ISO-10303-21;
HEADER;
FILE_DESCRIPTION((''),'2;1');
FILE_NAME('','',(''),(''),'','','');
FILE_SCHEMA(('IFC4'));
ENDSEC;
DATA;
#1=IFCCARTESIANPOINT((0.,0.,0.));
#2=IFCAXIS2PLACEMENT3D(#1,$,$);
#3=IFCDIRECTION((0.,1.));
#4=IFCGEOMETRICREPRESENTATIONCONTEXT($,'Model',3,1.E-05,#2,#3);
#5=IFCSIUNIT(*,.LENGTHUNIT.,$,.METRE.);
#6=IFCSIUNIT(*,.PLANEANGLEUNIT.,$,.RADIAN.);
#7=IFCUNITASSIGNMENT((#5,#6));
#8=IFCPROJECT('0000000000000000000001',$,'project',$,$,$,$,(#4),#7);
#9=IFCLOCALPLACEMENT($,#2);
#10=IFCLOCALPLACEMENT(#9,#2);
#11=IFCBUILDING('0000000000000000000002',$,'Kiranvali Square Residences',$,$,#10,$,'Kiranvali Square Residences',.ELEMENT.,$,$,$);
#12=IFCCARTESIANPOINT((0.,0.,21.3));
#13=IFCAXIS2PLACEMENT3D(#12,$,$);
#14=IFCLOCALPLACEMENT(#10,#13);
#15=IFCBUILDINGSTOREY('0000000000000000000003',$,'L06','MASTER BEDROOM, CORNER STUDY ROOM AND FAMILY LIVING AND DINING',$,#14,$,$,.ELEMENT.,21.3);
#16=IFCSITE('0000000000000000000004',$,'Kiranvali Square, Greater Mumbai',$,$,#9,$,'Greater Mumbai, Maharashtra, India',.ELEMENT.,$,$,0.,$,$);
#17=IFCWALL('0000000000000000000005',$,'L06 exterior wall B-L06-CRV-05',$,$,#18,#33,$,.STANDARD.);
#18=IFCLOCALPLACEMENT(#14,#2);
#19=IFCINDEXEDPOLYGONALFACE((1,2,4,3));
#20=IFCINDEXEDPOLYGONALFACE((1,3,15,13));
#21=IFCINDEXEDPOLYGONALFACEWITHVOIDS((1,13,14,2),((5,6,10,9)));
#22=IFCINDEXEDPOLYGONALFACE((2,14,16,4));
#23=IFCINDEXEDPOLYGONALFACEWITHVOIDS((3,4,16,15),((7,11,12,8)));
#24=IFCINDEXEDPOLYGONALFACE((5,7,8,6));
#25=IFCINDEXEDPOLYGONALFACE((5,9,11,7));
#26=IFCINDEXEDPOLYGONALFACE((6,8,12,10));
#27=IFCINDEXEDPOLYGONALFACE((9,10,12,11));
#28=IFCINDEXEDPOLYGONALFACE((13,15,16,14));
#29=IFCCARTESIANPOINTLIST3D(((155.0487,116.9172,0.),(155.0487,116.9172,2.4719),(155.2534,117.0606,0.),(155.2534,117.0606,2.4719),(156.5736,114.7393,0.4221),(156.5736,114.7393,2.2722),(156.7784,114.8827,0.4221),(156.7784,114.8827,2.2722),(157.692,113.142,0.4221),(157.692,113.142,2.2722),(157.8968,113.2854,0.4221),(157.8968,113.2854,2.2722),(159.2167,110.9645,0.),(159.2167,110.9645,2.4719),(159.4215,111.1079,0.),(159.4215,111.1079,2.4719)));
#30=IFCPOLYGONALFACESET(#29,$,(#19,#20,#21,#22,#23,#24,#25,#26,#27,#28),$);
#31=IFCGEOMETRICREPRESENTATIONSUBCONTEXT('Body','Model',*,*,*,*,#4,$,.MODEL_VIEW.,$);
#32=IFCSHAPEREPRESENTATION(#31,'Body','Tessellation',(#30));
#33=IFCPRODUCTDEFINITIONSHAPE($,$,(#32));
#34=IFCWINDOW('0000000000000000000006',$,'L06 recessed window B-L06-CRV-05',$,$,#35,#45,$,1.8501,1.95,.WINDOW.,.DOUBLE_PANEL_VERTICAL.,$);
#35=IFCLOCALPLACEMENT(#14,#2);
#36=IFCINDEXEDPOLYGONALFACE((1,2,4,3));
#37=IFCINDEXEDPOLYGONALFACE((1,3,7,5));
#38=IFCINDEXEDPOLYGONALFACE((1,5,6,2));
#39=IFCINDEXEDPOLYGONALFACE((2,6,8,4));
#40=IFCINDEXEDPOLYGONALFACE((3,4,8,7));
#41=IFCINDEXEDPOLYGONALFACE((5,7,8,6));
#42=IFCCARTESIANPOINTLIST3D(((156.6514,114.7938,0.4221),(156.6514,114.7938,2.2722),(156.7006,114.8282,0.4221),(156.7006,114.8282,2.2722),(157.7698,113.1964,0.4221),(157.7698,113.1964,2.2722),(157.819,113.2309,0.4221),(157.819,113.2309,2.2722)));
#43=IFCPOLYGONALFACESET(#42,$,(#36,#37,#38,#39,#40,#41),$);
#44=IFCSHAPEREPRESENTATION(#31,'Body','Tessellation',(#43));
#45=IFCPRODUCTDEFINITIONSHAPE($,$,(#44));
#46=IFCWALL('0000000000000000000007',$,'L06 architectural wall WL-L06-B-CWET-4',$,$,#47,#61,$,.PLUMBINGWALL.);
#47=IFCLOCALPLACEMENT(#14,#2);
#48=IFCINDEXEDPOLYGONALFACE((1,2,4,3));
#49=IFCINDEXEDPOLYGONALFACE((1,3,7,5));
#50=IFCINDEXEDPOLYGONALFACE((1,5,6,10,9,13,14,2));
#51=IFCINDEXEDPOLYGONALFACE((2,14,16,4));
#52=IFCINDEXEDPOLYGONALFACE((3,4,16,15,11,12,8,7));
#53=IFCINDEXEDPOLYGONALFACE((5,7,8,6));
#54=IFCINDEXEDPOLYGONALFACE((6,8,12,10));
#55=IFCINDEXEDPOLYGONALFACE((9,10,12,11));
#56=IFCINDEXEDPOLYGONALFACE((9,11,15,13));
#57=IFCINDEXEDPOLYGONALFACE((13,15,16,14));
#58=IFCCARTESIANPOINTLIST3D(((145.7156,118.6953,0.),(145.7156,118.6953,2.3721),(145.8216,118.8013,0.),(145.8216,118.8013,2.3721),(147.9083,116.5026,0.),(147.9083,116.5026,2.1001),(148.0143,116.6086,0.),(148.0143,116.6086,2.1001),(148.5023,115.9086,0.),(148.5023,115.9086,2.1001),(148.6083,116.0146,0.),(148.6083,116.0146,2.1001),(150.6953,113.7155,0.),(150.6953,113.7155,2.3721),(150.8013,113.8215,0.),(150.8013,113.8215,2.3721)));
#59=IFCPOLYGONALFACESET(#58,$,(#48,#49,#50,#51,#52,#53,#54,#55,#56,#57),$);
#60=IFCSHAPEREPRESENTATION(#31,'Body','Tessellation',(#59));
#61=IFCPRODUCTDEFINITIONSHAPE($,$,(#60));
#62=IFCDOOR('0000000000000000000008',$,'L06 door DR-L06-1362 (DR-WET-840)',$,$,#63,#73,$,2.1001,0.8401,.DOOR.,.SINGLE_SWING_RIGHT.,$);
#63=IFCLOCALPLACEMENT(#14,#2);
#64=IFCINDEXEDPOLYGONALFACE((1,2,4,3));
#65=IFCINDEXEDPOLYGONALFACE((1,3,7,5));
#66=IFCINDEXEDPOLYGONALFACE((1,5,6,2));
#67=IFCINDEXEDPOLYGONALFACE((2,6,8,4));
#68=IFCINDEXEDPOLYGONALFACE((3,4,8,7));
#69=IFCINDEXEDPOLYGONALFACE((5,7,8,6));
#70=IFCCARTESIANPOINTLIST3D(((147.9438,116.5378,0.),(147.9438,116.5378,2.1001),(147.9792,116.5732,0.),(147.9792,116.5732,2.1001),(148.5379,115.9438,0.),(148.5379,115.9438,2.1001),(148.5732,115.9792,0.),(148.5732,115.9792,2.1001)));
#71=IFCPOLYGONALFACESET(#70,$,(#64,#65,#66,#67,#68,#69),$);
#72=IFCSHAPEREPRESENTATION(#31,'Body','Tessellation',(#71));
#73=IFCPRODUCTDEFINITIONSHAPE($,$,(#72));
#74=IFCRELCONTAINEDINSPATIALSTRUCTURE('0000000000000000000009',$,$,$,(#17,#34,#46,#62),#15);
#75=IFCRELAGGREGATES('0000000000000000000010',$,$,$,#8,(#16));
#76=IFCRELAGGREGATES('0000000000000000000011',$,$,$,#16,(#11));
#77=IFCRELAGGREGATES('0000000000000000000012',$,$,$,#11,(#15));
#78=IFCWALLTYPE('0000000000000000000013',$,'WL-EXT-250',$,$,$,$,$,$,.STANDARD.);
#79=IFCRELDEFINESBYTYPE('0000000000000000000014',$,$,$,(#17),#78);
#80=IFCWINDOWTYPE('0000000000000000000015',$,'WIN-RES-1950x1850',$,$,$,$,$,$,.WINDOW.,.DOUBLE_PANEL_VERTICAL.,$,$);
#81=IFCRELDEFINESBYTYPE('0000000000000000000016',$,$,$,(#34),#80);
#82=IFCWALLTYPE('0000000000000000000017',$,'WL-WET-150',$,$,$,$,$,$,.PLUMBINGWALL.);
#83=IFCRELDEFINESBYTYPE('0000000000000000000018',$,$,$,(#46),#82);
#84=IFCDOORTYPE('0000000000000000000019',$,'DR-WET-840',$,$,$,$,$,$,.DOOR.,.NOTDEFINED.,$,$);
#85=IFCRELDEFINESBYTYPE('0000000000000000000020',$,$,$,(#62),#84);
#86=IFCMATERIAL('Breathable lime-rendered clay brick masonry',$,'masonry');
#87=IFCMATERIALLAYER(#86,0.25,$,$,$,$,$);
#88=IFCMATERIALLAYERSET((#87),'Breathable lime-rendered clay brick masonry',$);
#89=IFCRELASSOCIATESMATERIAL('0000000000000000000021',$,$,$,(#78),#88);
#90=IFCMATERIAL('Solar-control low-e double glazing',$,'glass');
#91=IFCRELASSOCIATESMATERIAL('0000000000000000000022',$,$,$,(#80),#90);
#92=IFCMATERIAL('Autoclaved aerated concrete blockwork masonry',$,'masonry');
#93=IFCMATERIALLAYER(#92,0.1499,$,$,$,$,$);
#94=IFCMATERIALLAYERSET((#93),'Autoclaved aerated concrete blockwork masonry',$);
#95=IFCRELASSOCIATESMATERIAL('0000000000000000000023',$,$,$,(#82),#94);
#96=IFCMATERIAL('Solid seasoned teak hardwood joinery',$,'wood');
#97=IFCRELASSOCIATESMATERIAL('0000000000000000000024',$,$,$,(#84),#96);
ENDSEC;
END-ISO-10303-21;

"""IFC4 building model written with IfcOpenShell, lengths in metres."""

from ifc_helpers import new_model, si_unit, direction, frame, frame_2d, origin, place, context, subcontext, project, spatial, rectangle, extrude, material, layer, layer_set, type_object, element, fill, save


model = new_model("IFC4")

# Units and contexts
model_context = context("Model", 3, precision=1e-05, world=origin(), true_north=direction((0.0, 1.0)))
body_context = subcontext(model_context, "Body", "Model", "MODEL_VIEW")
ifc_project = project(units=[si_unit("LENGTHUNIT", "METRE"), si_unit("PLANEANGLEUNIT", "RADIAN")], contexts=[model_context])

# Site, building, storey
site_placement = place(None, origin())
site = spatial("IfcSite", under=ifc_project, at=site_placement, Name="Kiranvali Square, Greater Mumbai", LongName="Greater Mumbai, Maharashtra, India", CompositionType="ELEMENT", RefElevation=0.0)
building_placement = place(site_placement, origin())
building = spatial("IfcBuilding", under=site, at=building_placement, Name="Kiranvali Square Residences", LongName="Kiranvali Square Residences", CompositionType="ELEMENT")
storey_placement = place(building_placement, frame((0.0, 0.0, 21.3)))
storey = spatial("IfcBuildingStorey", under=building, at=storey_placement, Name="L06", Description="MASTER BEDROOM, CORNER STUDY ROOM AND FAMILY LIVING AND DINING", CompositionType="ELEMENT", Elevation=21.3)

# Shared definitions
ifc_material_1 = material(Name="Breathable lime-rendered clay brick masonry", Category="masonry")
ifc_layer_1 = layer(ifc_material_1, 0.25)
ifc_layer_set_1 = layer_set([ifc_layer_1], Name="Breathable lime-rendered clay brick masonry")
wall_type_1 = type_object("IfcWallType", Name="WL-EXT-250", PredefinedType="STANDARD", material=ifc_layer_set_1)
ifc_material_2 = material(Name="Solar-control low-e double glazing", Category="glass")

# Wall, opening, window
wall_1_placement = place(storey_placement, frame((155.1511, 116.9888, 0.0), z_axis=(0.0, 0.0, 1.0), x_axis=(0.573566, -0.819159, 0.0)))
wall_1 = element("IfcWall", 1, at=wall_1_placement, inside=storey, type_object=wall_type_1, Name="L06 exterior wall B-L06-CRV-05", PredefinedType="STANDARD", context=body_context, shape_type="SweptSolid", body=[
    extrude(rectangle(XDim=7.2668, YDim=0.25, at=frame_2d((3.6333, 0.0))), origin(), (0.0, 0.0, 1.0), 2.4719),
])
opening_1_placement = place(wall_1_placement, frame((2.6584, 0.0, 0.4221)))
opening_1 = element("IfcOpeningElement", 2, at=opening_1_placement, cuts=wall_1, PredefinedType="OPENING", context=body_context, shape_type="SweptSolid", body=[
    extrude(rectangle(XDim=1.95, YDim=1.8501, at=frame_2d((0.9751, 0.925))), frame((0.0, 0.135, 0.0), z_axis=(0.0, -1.0, 0.0), x_axis=(1.0, 0.0, 0.0)), (0.0, 0.0, 1.0), 0.27),
])
window_type_1 = type_object("IfcWindowType", Name="WIN-RES-1950x1850", PartitioningType="DOUBLE_PANEL_VERTICAL", PredefinedType="WINDOW", material=ifc_material_2)
window_1_placement = place(opening_1_placement, origin())
window_1 = element("IfcWindow", 3, at=window_1_placement, inside=storey, type_object=window_type_1, Name="L06 recessed window B-L06-CRV-05", OverallHeight=1.8501, OverallWidth=1.95, PartitioningType="DOUBLE_PANEL_VERTICAL", PredefinedType="WINDOW", context=body_context, shape_type="SweptSolid", body=[
    extrude(rectangle(XDim=1.95, YDim=1.8501, at=frame_2d((0.9751, 0.925))), frame((0.0, 0.03, 0.0), z_axis=(0.0, -1.0, 0.0), x_axis=(1.0, 0.0, 0.0)), (0.0, 0.0, 1.0), 0.0601),
])
fill(opening_1, window_1)

# Wall, opening, door
ifc_material_3 = material(Name="Autoclaved aerated concrete blockwork masonry", Category="masonry")
ifc_layer_2 = layer(ifc_material_3, 0.1499)
ifc_layer_set_2 = layer_set([ifc_layer_2], Name="Autoclaved aerated concrete blockwork masonry")
wall_type_2 = type_object("IfcWallType", Name="WL-WET-150", PredefinedType="PLUMBINGWALL", material=ifc_layer_set_2)
wall_2_placement = place(storey_placement, frame((145.7686, 118.7483, 0.0), z_axis=(0.0, 0.0, 1.0), x_axis=(0.707107, -0.707107, 0.0)))
wall_2 = element("IfcWall", 4, at=wall_2_placement, inside=storey, type_object=wall_type_2, Name="L06 architectural wall WL-L06-B-CWET-4", PredefinedType="PLUMBINGWALL", context=body_context, shape_type="SweptSolid", body=[
    extrude(rectangle(XDim=7.0425, YDim=0.1499, at=frame_2d((3.5212, 0.0))), origin(), (0.0, 0.0, 1.0), 2.3721),
])
opening_2_placement = place(wall_2_placement, frame((3.1011, 0.0, 0.0)))
opening_2 = element("IfcOpeningElement", 5, at=opening_2_placement, cuts=wall_2, PredefinedType="OPENING", context=body_context, shape_type="SweptSolid", body=[
    extrude(rectangle(XDim=0.8401, YDim=2.1001, at=frame_2d((0.4199, 1.05))), frame((0.0, 0.085, 0.0), z_axis=(0.0, -1.0, 0.0), x_axis=(1.0, 0.0, 0.0)), (0.0, 0.0, 1.0), 0.1699),
])
ifc_material_4 = material(Name="Solid seasoned teak hardwood joinery", Category="wood")
door_type_1 = type_object("IfcDoorType", Name="DR-WET-840", OperationType="NOTDEFINED", PredefinedType="DOOR", material=ifc_material_4)
door_1_placement = place(opening_2_placement, frame((0.8401, 0.0, 0.0), z_axis=(0.0, 0.0, 1.0), x_axis=(-1.0, 0.0, 0.0)))
door_1 = element("IfcDoor", 6, at=door_1_placement, inside=storey, type_object=door_type_1, Name="L06 door DR-L06-1362 (DR-WET-840)", OperationType="SINGLE_SWING_RIGHT", OverallHeight=2.1001, OverallWidth=0.8401, PredefinedType="DOOR", context=body_context, shape_type="SweptSolid", body=[
    extrude(rectangle(XDim=0.8401, YDim=2.1001, at=frame_2d((0.4199, 1.05))), frame((0.0, 0.0249, 0.0), z_axis=(0.0, -1.0, 0.0), x_axis=(1.0, 0.0, 0.0)), (0.0, 0.0, 1.0), 0.05),
])
fill(opening_2, door_1)

save(model, "model.ifc")
